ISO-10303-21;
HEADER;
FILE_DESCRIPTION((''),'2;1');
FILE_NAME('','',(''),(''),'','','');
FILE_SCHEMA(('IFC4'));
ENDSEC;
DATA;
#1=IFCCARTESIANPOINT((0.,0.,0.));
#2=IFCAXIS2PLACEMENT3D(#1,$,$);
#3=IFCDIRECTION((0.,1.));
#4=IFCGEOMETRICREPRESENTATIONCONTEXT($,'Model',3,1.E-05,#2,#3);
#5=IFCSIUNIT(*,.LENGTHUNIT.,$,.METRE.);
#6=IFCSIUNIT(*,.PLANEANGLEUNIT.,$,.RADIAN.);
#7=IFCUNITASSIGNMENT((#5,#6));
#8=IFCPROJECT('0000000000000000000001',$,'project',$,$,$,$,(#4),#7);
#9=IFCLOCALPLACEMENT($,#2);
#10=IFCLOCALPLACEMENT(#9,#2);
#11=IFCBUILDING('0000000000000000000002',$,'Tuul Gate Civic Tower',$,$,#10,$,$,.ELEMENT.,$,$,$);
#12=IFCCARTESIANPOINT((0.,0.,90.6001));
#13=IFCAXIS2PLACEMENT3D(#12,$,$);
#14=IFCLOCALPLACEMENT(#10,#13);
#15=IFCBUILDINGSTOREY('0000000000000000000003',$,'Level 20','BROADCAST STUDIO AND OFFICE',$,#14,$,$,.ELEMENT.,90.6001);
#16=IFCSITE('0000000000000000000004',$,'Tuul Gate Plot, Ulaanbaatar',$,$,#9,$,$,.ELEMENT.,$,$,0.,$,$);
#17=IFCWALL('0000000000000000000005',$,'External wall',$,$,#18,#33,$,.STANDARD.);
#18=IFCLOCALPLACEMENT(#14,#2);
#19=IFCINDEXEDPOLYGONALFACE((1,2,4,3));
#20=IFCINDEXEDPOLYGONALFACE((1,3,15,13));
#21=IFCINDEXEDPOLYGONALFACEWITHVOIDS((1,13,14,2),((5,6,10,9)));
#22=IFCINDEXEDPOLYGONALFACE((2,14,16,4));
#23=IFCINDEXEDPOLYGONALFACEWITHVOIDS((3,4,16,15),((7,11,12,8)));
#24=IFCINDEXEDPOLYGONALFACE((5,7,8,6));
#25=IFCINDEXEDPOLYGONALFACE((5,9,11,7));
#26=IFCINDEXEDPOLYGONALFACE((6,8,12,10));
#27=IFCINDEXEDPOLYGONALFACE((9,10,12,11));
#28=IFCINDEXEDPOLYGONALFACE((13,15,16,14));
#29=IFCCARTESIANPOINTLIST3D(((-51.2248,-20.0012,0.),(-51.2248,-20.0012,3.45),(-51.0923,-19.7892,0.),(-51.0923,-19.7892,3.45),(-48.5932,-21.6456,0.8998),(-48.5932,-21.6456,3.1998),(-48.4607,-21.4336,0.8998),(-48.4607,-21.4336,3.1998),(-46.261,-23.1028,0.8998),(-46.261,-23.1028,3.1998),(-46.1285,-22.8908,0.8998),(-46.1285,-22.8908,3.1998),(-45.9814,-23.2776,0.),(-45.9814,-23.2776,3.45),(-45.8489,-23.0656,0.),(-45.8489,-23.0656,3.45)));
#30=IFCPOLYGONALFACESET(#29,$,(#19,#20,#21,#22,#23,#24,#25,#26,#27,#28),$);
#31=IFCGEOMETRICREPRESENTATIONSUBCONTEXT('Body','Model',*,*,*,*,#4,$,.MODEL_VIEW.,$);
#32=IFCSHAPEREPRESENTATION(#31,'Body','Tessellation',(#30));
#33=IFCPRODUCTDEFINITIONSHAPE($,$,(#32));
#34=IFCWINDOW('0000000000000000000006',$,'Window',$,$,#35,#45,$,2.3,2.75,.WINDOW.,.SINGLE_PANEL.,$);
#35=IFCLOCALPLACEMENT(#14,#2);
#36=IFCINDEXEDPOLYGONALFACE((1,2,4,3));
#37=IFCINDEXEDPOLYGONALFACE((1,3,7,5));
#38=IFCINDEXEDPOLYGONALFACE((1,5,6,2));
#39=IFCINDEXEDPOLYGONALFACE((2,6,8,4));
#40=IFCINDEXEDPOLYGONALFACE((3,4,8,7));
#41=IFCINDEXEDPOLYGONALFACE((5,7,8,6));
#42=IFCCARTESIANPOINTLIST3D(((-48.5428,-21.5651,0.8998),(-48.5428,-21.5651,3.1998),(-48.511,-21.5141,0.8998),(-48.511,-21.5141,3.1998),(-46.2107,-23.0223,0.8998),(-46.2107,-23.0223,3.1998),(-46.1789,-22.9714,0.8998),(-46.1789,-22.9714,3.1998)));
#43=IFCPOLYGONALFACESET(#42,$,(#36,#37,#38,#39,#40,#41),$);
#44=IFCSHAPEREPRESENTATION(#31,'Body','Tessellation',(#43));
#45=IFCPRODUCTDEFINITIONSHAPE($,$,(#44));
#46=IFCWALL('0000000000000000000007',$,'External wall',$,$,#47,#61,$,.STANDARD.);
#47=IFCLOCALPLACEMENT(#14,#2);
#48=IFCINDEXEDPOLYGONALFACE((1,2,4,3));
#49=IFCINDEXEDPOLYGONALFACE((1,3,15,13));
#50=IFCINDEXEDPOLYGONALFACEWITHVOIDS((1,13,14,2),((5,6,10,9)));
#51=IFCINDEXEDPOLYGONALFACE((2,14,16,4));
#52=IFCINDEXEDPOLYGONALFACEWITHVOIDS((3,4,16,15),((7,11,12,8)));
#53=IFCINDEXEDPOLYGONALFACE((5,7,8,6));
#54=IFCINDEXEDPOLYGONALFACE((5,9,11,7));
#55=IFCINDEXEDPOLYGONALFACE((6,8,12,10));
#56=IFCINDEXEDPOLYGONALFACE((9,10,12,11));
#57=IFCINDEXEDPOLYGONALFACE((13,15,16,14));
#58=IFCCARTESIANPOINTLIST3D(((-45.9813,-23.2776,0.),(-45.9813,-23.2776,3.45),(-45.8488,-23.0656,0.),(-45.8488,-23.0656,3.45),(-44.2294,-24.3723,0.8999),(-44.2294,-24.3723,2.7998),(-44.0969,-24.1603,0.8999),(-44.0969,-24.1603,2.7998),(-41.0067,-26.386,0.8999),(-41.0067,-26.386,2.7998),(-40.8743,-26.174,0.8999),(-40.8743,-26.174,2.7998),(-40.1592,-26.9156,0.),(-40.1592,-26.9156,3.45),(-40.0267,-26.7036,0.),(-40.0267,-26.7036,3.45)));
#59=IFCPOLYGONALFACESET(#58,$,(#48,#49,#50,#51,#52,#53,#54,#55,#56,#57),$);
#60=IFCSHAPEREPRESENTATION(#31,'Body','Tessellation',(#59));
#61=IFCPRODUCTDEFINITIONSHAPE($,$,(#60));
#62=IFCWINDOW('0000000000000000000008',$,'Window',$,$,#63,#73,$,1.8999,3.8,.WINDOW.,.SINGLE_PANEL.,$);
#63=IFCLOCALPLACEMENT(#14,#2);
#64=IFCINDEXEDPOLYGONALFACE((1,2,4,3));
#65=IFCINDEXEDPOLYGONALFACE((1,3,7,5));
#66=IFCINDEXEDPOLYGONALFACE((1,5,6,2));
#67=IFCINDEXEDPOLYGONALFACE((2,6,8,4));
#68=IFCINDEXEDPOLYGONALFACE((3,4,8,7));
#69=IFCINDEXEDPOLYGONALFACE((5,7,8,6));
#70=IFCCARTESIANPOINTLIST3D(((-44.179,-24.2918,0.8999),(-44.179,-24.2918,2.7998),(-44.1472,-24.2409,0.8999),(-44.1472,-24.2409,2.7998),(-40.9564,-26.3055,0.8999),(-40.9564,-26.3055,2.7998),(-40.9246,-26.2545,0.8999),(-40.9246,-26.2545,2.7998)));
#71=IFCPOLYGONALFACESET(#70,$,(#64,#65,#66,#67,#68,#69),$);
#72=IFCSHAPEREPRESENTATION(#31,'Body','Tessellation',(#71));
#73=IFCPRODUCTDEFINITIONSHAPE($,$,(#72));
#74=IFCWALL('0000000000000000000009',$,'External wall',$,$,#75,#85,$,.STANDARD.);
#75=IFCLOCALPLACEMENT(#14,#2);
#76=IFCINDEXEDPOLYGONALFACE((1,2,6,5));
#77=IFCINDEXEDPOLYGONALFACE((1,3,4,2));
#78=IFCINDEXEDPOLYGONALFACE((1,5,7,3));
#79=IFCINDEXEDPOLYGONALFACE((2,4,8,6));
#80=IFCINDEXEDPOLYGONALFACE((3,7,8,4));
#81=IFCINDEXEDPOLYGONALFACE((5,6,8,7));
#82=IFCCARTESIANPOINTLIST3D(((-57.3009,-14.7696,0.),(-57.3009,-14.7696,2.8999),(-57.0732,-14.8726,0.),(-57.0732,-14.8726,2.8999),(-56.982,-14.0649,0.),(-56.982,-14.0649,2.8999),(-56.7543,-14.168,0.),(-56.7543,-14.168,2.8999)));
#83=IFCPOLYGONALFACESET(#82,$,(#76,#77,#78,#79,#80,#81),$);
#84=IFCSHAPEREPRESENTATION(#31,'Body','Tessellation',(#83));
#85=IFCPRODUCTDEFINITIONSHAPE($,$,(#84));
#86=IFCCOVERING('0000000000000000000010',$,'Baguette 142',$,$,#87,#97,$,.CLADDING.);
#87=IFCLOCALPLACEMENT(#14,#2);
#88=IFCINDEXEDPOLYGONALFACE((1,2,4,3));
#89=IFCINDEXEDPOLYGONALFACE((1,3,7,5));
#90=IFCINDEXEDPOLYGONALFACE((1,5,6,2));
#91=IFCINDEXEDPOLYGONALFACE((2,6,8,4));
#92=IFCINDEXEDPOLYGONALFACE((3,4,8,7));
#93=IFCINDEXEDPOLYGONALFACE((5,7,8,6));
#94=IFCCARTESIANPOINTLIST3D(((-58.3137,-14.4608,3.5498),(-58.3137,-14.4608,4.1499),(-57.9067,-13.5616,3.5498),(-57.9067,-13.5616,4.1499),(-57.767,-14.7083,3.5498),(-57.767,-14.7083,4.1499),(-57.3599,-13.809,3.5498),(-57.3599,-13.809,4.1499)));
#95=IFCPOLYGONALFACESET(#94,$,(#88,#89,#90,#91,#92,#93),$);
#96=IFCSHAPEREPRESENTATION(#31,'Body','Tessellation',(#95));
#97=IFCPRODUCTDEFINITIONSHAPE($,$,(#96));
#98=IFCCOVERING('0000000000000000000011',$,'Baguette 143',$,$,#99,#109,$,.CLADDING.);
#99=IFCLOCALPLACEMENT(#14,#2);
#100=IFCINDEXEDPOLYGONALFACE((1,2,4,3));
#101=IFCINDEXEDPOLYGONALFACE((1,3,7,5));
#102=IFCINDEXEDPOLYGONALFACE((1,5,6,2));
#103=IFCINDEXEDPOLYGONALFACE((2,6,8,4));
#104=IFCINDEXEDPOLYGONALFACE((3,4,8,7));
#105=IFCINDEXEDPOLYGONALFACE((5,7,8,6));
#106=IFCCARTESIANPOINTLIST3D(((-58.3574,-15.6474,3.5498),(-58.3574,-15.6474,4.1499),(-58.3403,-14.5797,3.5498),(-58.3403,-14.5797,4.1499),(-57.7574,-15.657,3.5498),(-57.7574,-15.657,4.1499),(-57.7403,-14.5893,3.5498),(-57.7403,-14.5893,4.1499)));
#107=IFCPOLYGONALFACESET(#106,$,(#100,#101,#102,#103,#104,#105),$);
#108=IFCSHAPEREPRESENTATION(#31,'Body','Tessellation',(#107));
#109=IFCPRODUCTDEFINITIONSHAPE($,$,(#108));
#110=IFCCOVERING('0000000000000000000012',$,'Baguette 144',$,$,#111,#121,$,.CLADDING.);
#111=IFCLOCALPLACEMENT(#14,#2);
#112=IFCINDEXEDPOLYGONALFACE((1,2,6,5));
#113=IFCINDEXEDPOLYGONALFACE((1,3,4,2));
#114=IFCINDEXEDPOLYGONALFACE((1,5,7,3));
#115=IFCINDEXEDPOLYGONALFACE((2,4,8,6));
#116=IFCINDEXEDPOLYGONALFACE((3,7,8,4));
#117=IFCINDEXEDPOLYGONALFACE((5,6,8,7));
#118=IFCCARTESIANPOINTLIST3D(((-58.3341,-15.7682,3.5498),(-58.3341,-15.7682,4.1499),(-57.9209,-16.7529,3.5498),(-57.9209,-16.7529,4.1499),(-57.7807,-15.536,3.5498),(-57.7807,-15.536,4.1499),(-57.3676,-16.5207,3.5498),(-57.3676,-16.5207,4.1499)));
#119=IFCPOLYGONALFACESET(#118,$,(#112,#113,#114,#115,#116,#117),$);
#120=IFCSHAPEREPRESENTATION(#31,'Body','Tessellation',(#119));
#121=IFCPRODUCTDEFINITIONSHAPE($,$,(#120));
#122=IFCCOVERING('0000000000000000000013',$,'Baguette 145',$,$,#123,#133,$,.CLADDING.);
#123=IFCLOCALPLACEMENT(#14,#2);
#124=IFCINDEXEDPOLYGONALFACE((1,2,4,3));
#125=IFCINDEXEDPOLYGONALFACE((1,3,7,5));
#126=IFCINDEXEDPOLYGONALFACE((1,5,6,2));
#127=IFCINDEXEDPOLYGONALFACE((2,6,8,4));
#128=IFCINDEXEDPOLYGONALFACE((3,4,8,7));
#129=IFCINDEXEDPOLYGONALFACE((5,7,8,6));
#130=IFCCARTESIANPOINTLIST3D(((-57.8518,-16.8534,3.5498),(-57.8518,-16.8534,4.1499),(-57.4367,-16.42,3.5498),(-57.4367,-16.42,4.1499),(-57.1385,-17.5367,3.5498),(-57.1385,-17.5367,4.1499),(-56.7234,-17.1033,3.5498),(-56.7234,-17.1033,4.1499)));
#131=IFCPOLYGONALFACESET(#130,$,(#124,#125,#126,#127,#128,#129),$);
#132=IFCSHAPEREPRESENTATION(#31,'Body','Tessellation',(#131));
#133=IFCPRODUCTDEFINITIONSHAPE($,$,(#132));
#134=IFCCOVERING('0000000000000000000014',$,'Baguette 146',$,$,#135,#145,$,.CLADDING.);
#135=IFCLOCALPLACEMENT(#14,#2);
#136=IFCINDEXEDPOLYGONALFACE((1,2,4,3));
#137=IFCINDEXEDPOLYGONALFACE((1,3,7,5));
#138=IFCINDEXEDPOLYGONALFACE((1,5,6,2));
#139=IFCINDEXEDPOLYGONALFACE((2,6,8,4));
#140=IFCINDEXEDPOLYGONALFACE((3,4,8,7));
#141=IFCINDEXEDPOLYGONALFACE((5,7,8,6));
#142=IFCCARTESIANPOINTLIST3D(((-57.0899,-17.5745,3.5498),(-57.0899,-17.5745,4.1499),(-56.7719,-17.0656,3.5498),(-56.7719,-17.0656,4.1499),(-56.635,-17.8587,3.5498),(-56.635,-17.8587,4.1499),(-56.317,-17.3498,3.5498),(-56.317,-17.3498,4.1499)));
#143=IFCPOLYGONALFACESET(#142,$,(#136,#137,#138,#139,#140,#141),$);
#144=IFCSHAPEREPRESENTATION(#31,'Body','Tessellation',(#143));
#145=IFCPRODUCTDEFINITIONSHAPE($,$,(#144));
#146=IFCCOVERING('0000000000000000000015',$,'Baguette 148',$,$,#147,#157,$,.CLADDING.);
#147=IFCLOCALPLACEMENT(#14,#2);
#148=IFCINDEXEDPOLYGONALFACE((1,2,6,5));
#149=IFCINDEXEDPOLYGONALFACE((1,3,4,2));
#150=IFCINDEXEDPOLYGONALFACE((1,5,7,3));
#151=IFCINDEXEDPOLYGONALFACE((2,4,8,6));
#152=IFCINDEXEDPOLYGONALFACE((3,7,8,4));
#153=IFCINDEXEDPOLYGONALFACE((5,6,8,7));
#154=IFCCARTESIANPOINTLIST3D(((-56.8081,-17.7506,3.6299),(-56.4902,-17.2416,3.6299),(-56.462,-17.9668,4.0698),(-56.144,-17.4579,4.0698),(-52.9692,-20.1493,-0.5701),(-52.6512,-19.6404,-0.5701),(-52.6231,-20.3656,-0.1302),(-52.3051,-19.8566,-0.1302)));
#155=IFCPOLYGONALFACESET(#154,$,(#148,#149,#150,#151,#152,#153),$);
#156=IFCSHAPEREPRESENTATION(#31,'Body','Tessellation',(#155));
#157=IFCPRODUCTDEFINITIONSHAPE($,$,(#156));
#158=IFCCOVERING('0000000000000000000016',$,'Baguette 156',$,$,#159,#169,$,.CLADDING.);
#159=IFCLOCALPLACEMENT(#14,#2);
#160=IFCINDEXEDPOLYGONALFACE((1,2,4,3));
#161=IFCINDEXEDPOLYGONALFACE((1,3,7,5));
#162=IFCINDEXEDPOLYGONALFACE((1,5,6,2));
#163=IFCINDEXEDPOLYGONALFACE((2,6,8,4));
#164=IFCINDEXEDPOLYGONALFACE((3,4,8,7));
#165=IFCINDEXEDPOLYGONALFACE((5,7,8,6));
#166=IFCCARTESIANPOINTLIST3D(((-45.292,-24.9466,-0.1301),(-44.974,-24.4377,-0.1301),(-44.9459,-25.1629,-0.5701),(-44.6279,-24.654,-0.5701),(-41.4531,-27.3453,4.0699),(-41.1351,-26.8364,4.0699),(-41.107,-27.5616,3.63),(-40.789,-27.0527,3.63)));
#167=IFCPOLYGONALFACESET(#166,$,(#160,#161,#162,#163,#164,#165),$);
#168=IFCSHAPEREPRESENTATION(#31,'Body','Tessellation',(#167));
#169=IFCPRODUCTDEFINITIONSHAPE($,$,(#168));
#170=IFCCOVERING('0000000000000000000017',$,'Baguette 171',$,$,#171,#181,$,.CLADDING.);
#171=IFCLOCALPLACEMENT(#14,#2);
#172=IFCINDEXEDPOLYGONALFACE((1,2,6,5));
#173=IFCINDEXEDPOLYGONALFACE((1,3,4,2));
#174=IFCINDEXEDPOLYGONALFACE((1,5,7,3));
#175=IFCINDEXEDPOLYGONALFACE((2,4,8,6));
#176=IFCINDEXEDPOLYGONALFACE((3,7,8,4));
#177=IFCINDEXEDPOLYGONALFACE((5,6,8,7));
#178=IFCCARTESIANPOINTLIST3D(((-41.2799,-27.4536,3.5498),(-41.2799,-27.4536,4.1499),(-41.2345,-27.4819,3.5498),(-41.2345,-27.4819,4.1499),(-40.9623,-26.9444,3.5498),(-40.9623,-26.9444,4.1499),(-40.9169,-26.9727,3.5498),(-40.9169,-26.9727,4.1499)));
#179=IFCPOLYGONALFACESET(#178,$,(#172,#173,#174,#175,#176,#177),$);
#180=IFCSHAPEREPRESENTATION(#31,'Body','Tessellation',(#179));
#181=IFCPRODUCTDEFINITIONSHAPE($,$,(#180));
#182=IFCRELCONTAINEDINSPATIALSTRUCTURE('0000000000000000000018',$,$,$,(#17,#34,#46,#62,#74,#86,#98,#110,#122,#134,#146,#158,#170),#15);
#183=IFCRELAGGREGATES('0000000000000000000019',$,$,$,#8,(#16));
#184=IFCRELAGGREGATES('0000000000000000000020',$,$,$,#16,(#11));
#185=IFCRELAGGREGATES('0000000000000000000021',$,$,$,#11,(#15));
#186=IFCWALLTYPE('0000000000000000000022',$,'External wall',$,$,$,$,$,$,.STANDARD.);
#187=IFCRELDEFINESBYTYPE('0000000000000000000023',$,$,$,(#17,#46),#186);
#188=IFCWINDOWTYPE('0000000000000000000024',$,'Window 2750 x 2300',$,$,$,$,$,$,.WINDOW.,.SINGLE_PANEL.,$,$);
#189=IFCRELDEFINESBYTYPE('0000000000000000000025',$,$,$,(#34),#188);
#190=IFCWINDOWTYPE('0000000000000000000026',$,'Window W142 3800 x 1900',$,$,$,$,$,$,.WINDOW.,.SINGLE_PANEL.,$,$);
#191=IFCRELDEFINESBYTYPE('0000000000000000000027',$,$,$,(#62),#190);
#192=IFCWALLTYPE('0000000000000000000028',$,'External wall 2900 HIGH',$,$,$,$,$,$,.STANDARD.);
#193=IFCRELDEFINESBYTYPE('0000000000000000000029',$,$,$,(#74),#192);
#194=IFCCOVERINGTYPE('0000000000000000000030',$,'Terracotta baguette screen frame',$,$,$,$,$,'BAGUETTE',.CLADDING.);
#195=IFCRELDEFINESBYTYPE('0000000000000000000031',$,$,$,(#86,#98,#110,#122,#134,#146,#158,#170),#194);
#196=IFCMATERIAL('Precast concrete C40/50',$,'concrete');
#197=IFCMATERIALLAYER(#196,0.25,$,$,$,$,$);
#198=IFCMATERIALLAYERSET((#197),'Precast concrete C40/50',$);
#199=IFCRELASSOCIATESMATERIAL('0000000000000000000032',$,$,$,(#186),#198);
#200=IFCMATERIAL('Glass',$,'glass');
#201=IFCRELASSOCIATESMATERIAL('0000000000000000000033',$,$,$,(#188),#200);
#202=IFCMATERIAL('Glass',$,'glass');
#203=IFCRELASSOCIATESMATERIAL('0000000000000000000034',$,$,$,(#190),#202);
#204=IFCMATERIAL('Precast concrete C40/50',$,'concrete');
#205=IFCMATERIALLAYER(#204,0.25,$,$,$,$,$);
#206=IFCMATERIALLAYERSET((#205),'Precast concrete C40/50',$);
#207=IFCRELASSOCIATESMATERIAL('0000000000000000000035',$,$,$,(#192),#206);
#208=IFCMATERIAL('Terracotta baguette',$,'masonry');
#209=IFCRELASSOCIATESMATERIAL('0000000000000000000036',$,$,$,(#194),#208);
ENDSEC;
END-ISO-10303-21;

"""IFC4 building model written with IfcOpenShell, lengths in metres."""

from ifc_helpers import new_model, si_unit, direction, frame, frame_2d, origin, origin_2d, place, context, subcontext, project, spatial, rectangle, extrude, material, layer, layer_set, material_profile, profile_set, type_object, element, fill, save


model = new_model("IFC4")

# Units and contexts
model_context = context("Model", 3, precision=1e-05, world=origin(), true_north=direction((0.0, 1.0)))
body_context = subcontext(model_context, "Body", "Model", "MODEL_VIEW")
ifc_project = project(units=[si_unit("LENGTHUNIT", "METRE"), si_unit("PLANEANGLEUNIT", "RADIAN")], contexts=[model_context])

# Site, building, storey
site_placement = place(None, origin())
site = spatial("IfcSite", under=ifc_project, at=site_placement, Name="Tuul Gate Plot, Ulaanbaatar", CompositionType="ELEMENT", RefElevation=0.0)
building_placement = place(site_placement, origin())
building = spatial("IfcBuilding", under=site, at=building_placement, Name="Tuul Gate Civic Tower", CompositionType="ELEMENT")
storey_placement = place(building_placement, frame((0.0, 0.0, 90.6001)))
storey = spatial("IfcBuildingStorey", under=building, at=storey_placement, Name="Level 20", Description="BROADCAST STUDIO AND OFFICE", CompositionType="ELEMENT", Elevation=90.6001)

# Shared definitions
ifc_material_1 = material(Name="Precast concrete C40/50", Category="concrete")
ifc_layer_1 = layer(ifc_material_1, 0.25)
ifc_layer_set_1 = layer_set([ifc_layer_1], Name="Precast concrete C40/50")
wall_type_1 = type_object("IfcWallType", Name="External wall", PredefinedType="STANDARD", material=ifc_layer_set_1)

# Walls, openings, windows
wall_1_placement = place(storey_placement, frame((-51.1584, -19.8953, 0.0), z_axis=(0.0, 0.0, 1.0), x_axis=(0.848054, -0.52991, 0.0)))
wall_1 = element("IfcWall", 1, at=wall_1_placement, inside=storey, type_object=wall_type_1, Name="External wall", PredefinedType="STANDARD", context=body_context, shape_type="SweptSolid", body=[
    extrude(rectangle(XDim=6.1829, YDim=0.25, at=frame_2d((3.0913, 0.0))), origin(), (0.0, 0.0, 1.0), 3.45),
])
opening_1_placement = place(wall_1_placement, frame((3.103, 0.0, 0.8999)))
opening_1 = element("IfcOpeningElement", 2, at=opening_1_placement, cuts=wall_1, PredefinedType="OPENING", context=body_context, shape_type="SweptSolid", body=[
    extrude(rectangle(XDim=2.75, YDim=2.3, at=frame_2d((1.375, 1.1499))), frame((0.0, 0.135, 0.0), z_axis=(0.0, -1.0, 0.0), x_axis=(1.0, 0.0, 0.0)), (0.0, 0.0, 1.0), 0.27),
])
ifc_material_2 = material(Name="Glass", Category="glass")
window_type_1 = type_object("IfcWindowType", Name="Window 2750 x 2300", PartitioningType="SINGLE_PANEL", PredefinedType="WINDOW", material=ifc_material_2)
window_1_placement = place(opening_1_placement, origin())
window_1 = element("IfcWindow", 3, at=window_1_placement, inside=storey, type_object=window_type_1, Name="Window", OverallHeight=2.3, OverallWidth=2.75, PartitioningType="SINGLE_PANEL", PredefinedType="WINDOW", context=body_context, shape_type="SweptSolid", body=[
    extrude(rectangle(XDim=2.75, YDim=2.3, at=frame_2d((1.375, 1.1499))), frame((0.0, 0.03, 0.0), z_axis=(0.0, -1.0, 0.0), x_axis=(1.0, 0.0, 0.0)), (0.0, 0.0, 1.0), 0.0601),
])
fill(opening_1, window_1)
wall_2_placement = place(storey_placement, frame((-45.915, -23.1716, 0.0), z_axis=(0.0, 0.0, 1.0), x_axis=(0.848052, -0.529913, 0.0)))
wall_2 = element("IfcWall", 4, at=wall_2_placement, inside=storey, type_object=wall_type_1, Name="External wall", PredefinedType="STANDARD", context=body_context, shape_type="SweptSolid", body=[
    extrude(rectangle(XDim=6.8652, YDim=0.25, at=frame_2d((3.4326, 0.0))), origin(), (0.0, 0.0, 1.0), 3.45),
])
opening_2_placement = place(wall_2_placement, frame((2.0659, 0.0, 0.8999)))
opening_2 = element("IfcOpeningElement", 5, at=opening_2_placement, cuts=wall_2, PredefinedType="OPENING", context=body_context, shape_type="SweptSolid", body=[
    extrude(rectangle(XDim=3.8, YDim=1.8999, at=frame_2d((1.8999, 0.95))), frame((0.0, 0.135, 0.0), z_axis=(0.0, -1.0, 0.0), x_axis=(1.0, 0.0, 0.0)), (0.0, 0.0, 1.0), 0.27),
])
ifc_material_3 = material(Name="Glass", Category="glass")
window_type_2 = type_object("IfcWindowType", Name="Window W142 3800 x 1900", PartitioningType="SINGLE_PANEL", PredefinedType="WINDOW", material=ifc_material_3)
window_2_placement = place(opening_2_placement, origin())
window_2 = element("IfcWindow", 6, at=window_2_placement, inside=storey, type_object=window_type_2, Name="Window", OverallHeight=1.8999, OverallWidth=3.8, PartitioningType="SINGLE_PANEL", PredefinedType="WINDOW", context=body_context, shape_type="SweptSolid", body=[
    extrude(rectangle(XDim=3.8, YDim=1.8999, at=frame_2d((1.8999, 0.95))), frame((0.0, 0.03, 0.0), z_axis=(0.0, -1.0, 0.0), x_axis=(1.0, 0.0, 0.0)), (0.0, 0.0, 1.0), 0.0601),
])
fill(opening_2, window_2)

# Wall
ifc_material_4 = material(Name="Precast concrete C40/50", Category="concrete")
ifc_layer_2 = layer(ifc_material_4, 0.25)
ifc_layer_set_2 = layer_set([ifc_layer_2], Name="Precast concrete C40/50")
wall_type_2 = type_object("IfcWallType", Name="External wall 2900 HIGH", PredefinedType="STANDARD", material=ifc_layer_set_2)
wall_3_placement = place(storey_placement, frame((-56.8682, -14.1165, 0.0), z_axis=(0.0, 0.0, 1.0), x_axis=(-0.41228, -0.911057, 0.0)))
element("IfcWall", 7, at=wall_3_placement, inside=storey, type_object=wall_type_2, Name="External wall", PredefinedType="STANDARD", context=body_context, shape_type="SweptSolid", body=[
    extrude(rectangle(XDim=0.7734, YDim=0.25, at=frame_2d((0.3867, 0.0))), origin(), (0.0, 0.0, 1.0), 2.8999),
])

# Coverings
ifc_material_5 = material(Name="Terracotta baguette", Category="masonry")
ifc_material_profile_1 = material_profile(ifc_material_5, rectangle(XDim=0.6001, YDim=0.6001, at=origin_2d()), Name="Terracotta baguette screen frame")
ifc_profile_set_1 = profile_set([ifc_material_profile_1], Name="Terracotta baguette")
covering_type = type_object("IfcCoveringType", Name="Terracotta baguette screen frame", ElementType="BAGUETTE", PredefinedType="CLADDING", material=ifc_profile_set_1)
covering_1_placement = place(storey_placement, frame((-57.6333, -13.6853, 3.8499), z_axis=(-0.412349, -0.911026, 0.0), x_axis=(0.911026, -0.412349, 0.0)))
element("IfcCovering", 8, at=covering_1_placement, inside=storey, type_object=covering_type, Name="Baguette 142", PredefinedType="CLADDING", context=body_context, shape_type="SweptSolid", body=[
    extrude(rectangle(XDim=0.6001, YDim=0.6001, at=origin_2d()), origin(), (0.0, 0.0, 1.0), 0.9871),
])
for number, where, z_axis, x_axis, name in (
    (9, (-58.0403, -14.5845, 3.8499), (-0.016005, -0.999872, 0.0), (0.999872, -0.016005, 0.0), "Baguette 143"),
    (10, (-58.0574, -15.6521, 3.8499), (0.386871, -0.922134, 0.0), (0.922134, 0.386871, 0.0), "Baguette 144"),
):
    element("IfcCovering", number, at=place(storey_placement, frame(where, z_axis=z_axis, x_axis=x_axis)), inside=storey, type_object=covering_type, Name=name, PredefinedType="CLADDING", context=body_context, shape_type="SweptSolid", body=[
        extrude(rectangle(XDim=0.6001, YDim=0.6001, at=origin_2d()), origin(), (0.0, 0.0, 1.0), 1.0679),
    ])
covering_2_placement = place(storey_placement, frame((-57.6443, -16.6367, 3.8499), z_axis=(0.722143, -0.691744, 0.0), x_axis=(0.691744, 0.722143, 0.0)))
element("IfcCovering", 11, at=covering_2_placement, inside=storey, type_object=covering_type, Name="Baguette 145", PredefinedType="CLADDING", context=body_context, shape_type="SweptSolid", body=[
    extrude(rectangle(XDim=0.6001, YDim=0.6001, at=origin_2d()), origin(), (0.0, 0.0, 1.0), 0.9878),
])
covering_3_placement = place(storey_placement, frame((-56.9309, -17.3201, 3.8499), z_axis=(0.848075, -0.529876, 0.0), x_axis=(0.529876, 0.848075, 0.0)))
element("IfcCovering", 12, at=covering_3_placement, inside=storey, type_object=covering_type, Name="Baguette 146", PredefinedType="CLADDING", context=body_context, shape_type="SweptSolid", body=[
    extrude(rectangle(XDim=0.6001, YDim=0.6001, at=origin_2d()), origin(), (0.0, 0.0, 1.0), 0.5364),
])
for number, where, z_axis, x_axis, name in (
    (13, (-56.4761, -17.6042, 3.8499), (0.621683, -0.388453, -0.680158), (0.529902, 0.848059, 0.0), "Baguette 148"),
    (14, (-44.96, -24.8003, -0.3501), (0.621683, -0.388453, 0.680158), (0.529902, 0.848059, 0.0), "Baguette 156"),
):
    element("IfcCovering", number, at=place(storey_placement, frame(where, z_axis=z_axis, x_axis=x_axis)), inside=storey, type_object=covering_type, Name=name, PredefinedType="CLADDING", context=body_context, shape_type="SweptSolid", body=[
        extrude(rectangle(XDim=0.6001, YDim=0.6001, at=origin_2d()), origin(), (0.0, 0.0, 1.0), 6.175),
    ])
covering_4_placement = place(storey_placement, frame((-41.1211, -27.199, 3.8499), z_axis=(0.84851, -0.529179, 0.0), x_axis=(0.529179, 0.84851, 0.0)))
element("IfcCovering", 15, at=covering_4_placement, inside=storey, type_object=covering_type, Name="Baguette 171", PredefinedType="CLADDING", context=body_context, shape_type="SweptSolid", body=[
    extrude(rectangle(XDim=0.6001, YDim=0.6001, at=origin_2d()), origin(), (0.0, 0.0, 1.0), 0.0535),
])

save(model, "model.ifc")
